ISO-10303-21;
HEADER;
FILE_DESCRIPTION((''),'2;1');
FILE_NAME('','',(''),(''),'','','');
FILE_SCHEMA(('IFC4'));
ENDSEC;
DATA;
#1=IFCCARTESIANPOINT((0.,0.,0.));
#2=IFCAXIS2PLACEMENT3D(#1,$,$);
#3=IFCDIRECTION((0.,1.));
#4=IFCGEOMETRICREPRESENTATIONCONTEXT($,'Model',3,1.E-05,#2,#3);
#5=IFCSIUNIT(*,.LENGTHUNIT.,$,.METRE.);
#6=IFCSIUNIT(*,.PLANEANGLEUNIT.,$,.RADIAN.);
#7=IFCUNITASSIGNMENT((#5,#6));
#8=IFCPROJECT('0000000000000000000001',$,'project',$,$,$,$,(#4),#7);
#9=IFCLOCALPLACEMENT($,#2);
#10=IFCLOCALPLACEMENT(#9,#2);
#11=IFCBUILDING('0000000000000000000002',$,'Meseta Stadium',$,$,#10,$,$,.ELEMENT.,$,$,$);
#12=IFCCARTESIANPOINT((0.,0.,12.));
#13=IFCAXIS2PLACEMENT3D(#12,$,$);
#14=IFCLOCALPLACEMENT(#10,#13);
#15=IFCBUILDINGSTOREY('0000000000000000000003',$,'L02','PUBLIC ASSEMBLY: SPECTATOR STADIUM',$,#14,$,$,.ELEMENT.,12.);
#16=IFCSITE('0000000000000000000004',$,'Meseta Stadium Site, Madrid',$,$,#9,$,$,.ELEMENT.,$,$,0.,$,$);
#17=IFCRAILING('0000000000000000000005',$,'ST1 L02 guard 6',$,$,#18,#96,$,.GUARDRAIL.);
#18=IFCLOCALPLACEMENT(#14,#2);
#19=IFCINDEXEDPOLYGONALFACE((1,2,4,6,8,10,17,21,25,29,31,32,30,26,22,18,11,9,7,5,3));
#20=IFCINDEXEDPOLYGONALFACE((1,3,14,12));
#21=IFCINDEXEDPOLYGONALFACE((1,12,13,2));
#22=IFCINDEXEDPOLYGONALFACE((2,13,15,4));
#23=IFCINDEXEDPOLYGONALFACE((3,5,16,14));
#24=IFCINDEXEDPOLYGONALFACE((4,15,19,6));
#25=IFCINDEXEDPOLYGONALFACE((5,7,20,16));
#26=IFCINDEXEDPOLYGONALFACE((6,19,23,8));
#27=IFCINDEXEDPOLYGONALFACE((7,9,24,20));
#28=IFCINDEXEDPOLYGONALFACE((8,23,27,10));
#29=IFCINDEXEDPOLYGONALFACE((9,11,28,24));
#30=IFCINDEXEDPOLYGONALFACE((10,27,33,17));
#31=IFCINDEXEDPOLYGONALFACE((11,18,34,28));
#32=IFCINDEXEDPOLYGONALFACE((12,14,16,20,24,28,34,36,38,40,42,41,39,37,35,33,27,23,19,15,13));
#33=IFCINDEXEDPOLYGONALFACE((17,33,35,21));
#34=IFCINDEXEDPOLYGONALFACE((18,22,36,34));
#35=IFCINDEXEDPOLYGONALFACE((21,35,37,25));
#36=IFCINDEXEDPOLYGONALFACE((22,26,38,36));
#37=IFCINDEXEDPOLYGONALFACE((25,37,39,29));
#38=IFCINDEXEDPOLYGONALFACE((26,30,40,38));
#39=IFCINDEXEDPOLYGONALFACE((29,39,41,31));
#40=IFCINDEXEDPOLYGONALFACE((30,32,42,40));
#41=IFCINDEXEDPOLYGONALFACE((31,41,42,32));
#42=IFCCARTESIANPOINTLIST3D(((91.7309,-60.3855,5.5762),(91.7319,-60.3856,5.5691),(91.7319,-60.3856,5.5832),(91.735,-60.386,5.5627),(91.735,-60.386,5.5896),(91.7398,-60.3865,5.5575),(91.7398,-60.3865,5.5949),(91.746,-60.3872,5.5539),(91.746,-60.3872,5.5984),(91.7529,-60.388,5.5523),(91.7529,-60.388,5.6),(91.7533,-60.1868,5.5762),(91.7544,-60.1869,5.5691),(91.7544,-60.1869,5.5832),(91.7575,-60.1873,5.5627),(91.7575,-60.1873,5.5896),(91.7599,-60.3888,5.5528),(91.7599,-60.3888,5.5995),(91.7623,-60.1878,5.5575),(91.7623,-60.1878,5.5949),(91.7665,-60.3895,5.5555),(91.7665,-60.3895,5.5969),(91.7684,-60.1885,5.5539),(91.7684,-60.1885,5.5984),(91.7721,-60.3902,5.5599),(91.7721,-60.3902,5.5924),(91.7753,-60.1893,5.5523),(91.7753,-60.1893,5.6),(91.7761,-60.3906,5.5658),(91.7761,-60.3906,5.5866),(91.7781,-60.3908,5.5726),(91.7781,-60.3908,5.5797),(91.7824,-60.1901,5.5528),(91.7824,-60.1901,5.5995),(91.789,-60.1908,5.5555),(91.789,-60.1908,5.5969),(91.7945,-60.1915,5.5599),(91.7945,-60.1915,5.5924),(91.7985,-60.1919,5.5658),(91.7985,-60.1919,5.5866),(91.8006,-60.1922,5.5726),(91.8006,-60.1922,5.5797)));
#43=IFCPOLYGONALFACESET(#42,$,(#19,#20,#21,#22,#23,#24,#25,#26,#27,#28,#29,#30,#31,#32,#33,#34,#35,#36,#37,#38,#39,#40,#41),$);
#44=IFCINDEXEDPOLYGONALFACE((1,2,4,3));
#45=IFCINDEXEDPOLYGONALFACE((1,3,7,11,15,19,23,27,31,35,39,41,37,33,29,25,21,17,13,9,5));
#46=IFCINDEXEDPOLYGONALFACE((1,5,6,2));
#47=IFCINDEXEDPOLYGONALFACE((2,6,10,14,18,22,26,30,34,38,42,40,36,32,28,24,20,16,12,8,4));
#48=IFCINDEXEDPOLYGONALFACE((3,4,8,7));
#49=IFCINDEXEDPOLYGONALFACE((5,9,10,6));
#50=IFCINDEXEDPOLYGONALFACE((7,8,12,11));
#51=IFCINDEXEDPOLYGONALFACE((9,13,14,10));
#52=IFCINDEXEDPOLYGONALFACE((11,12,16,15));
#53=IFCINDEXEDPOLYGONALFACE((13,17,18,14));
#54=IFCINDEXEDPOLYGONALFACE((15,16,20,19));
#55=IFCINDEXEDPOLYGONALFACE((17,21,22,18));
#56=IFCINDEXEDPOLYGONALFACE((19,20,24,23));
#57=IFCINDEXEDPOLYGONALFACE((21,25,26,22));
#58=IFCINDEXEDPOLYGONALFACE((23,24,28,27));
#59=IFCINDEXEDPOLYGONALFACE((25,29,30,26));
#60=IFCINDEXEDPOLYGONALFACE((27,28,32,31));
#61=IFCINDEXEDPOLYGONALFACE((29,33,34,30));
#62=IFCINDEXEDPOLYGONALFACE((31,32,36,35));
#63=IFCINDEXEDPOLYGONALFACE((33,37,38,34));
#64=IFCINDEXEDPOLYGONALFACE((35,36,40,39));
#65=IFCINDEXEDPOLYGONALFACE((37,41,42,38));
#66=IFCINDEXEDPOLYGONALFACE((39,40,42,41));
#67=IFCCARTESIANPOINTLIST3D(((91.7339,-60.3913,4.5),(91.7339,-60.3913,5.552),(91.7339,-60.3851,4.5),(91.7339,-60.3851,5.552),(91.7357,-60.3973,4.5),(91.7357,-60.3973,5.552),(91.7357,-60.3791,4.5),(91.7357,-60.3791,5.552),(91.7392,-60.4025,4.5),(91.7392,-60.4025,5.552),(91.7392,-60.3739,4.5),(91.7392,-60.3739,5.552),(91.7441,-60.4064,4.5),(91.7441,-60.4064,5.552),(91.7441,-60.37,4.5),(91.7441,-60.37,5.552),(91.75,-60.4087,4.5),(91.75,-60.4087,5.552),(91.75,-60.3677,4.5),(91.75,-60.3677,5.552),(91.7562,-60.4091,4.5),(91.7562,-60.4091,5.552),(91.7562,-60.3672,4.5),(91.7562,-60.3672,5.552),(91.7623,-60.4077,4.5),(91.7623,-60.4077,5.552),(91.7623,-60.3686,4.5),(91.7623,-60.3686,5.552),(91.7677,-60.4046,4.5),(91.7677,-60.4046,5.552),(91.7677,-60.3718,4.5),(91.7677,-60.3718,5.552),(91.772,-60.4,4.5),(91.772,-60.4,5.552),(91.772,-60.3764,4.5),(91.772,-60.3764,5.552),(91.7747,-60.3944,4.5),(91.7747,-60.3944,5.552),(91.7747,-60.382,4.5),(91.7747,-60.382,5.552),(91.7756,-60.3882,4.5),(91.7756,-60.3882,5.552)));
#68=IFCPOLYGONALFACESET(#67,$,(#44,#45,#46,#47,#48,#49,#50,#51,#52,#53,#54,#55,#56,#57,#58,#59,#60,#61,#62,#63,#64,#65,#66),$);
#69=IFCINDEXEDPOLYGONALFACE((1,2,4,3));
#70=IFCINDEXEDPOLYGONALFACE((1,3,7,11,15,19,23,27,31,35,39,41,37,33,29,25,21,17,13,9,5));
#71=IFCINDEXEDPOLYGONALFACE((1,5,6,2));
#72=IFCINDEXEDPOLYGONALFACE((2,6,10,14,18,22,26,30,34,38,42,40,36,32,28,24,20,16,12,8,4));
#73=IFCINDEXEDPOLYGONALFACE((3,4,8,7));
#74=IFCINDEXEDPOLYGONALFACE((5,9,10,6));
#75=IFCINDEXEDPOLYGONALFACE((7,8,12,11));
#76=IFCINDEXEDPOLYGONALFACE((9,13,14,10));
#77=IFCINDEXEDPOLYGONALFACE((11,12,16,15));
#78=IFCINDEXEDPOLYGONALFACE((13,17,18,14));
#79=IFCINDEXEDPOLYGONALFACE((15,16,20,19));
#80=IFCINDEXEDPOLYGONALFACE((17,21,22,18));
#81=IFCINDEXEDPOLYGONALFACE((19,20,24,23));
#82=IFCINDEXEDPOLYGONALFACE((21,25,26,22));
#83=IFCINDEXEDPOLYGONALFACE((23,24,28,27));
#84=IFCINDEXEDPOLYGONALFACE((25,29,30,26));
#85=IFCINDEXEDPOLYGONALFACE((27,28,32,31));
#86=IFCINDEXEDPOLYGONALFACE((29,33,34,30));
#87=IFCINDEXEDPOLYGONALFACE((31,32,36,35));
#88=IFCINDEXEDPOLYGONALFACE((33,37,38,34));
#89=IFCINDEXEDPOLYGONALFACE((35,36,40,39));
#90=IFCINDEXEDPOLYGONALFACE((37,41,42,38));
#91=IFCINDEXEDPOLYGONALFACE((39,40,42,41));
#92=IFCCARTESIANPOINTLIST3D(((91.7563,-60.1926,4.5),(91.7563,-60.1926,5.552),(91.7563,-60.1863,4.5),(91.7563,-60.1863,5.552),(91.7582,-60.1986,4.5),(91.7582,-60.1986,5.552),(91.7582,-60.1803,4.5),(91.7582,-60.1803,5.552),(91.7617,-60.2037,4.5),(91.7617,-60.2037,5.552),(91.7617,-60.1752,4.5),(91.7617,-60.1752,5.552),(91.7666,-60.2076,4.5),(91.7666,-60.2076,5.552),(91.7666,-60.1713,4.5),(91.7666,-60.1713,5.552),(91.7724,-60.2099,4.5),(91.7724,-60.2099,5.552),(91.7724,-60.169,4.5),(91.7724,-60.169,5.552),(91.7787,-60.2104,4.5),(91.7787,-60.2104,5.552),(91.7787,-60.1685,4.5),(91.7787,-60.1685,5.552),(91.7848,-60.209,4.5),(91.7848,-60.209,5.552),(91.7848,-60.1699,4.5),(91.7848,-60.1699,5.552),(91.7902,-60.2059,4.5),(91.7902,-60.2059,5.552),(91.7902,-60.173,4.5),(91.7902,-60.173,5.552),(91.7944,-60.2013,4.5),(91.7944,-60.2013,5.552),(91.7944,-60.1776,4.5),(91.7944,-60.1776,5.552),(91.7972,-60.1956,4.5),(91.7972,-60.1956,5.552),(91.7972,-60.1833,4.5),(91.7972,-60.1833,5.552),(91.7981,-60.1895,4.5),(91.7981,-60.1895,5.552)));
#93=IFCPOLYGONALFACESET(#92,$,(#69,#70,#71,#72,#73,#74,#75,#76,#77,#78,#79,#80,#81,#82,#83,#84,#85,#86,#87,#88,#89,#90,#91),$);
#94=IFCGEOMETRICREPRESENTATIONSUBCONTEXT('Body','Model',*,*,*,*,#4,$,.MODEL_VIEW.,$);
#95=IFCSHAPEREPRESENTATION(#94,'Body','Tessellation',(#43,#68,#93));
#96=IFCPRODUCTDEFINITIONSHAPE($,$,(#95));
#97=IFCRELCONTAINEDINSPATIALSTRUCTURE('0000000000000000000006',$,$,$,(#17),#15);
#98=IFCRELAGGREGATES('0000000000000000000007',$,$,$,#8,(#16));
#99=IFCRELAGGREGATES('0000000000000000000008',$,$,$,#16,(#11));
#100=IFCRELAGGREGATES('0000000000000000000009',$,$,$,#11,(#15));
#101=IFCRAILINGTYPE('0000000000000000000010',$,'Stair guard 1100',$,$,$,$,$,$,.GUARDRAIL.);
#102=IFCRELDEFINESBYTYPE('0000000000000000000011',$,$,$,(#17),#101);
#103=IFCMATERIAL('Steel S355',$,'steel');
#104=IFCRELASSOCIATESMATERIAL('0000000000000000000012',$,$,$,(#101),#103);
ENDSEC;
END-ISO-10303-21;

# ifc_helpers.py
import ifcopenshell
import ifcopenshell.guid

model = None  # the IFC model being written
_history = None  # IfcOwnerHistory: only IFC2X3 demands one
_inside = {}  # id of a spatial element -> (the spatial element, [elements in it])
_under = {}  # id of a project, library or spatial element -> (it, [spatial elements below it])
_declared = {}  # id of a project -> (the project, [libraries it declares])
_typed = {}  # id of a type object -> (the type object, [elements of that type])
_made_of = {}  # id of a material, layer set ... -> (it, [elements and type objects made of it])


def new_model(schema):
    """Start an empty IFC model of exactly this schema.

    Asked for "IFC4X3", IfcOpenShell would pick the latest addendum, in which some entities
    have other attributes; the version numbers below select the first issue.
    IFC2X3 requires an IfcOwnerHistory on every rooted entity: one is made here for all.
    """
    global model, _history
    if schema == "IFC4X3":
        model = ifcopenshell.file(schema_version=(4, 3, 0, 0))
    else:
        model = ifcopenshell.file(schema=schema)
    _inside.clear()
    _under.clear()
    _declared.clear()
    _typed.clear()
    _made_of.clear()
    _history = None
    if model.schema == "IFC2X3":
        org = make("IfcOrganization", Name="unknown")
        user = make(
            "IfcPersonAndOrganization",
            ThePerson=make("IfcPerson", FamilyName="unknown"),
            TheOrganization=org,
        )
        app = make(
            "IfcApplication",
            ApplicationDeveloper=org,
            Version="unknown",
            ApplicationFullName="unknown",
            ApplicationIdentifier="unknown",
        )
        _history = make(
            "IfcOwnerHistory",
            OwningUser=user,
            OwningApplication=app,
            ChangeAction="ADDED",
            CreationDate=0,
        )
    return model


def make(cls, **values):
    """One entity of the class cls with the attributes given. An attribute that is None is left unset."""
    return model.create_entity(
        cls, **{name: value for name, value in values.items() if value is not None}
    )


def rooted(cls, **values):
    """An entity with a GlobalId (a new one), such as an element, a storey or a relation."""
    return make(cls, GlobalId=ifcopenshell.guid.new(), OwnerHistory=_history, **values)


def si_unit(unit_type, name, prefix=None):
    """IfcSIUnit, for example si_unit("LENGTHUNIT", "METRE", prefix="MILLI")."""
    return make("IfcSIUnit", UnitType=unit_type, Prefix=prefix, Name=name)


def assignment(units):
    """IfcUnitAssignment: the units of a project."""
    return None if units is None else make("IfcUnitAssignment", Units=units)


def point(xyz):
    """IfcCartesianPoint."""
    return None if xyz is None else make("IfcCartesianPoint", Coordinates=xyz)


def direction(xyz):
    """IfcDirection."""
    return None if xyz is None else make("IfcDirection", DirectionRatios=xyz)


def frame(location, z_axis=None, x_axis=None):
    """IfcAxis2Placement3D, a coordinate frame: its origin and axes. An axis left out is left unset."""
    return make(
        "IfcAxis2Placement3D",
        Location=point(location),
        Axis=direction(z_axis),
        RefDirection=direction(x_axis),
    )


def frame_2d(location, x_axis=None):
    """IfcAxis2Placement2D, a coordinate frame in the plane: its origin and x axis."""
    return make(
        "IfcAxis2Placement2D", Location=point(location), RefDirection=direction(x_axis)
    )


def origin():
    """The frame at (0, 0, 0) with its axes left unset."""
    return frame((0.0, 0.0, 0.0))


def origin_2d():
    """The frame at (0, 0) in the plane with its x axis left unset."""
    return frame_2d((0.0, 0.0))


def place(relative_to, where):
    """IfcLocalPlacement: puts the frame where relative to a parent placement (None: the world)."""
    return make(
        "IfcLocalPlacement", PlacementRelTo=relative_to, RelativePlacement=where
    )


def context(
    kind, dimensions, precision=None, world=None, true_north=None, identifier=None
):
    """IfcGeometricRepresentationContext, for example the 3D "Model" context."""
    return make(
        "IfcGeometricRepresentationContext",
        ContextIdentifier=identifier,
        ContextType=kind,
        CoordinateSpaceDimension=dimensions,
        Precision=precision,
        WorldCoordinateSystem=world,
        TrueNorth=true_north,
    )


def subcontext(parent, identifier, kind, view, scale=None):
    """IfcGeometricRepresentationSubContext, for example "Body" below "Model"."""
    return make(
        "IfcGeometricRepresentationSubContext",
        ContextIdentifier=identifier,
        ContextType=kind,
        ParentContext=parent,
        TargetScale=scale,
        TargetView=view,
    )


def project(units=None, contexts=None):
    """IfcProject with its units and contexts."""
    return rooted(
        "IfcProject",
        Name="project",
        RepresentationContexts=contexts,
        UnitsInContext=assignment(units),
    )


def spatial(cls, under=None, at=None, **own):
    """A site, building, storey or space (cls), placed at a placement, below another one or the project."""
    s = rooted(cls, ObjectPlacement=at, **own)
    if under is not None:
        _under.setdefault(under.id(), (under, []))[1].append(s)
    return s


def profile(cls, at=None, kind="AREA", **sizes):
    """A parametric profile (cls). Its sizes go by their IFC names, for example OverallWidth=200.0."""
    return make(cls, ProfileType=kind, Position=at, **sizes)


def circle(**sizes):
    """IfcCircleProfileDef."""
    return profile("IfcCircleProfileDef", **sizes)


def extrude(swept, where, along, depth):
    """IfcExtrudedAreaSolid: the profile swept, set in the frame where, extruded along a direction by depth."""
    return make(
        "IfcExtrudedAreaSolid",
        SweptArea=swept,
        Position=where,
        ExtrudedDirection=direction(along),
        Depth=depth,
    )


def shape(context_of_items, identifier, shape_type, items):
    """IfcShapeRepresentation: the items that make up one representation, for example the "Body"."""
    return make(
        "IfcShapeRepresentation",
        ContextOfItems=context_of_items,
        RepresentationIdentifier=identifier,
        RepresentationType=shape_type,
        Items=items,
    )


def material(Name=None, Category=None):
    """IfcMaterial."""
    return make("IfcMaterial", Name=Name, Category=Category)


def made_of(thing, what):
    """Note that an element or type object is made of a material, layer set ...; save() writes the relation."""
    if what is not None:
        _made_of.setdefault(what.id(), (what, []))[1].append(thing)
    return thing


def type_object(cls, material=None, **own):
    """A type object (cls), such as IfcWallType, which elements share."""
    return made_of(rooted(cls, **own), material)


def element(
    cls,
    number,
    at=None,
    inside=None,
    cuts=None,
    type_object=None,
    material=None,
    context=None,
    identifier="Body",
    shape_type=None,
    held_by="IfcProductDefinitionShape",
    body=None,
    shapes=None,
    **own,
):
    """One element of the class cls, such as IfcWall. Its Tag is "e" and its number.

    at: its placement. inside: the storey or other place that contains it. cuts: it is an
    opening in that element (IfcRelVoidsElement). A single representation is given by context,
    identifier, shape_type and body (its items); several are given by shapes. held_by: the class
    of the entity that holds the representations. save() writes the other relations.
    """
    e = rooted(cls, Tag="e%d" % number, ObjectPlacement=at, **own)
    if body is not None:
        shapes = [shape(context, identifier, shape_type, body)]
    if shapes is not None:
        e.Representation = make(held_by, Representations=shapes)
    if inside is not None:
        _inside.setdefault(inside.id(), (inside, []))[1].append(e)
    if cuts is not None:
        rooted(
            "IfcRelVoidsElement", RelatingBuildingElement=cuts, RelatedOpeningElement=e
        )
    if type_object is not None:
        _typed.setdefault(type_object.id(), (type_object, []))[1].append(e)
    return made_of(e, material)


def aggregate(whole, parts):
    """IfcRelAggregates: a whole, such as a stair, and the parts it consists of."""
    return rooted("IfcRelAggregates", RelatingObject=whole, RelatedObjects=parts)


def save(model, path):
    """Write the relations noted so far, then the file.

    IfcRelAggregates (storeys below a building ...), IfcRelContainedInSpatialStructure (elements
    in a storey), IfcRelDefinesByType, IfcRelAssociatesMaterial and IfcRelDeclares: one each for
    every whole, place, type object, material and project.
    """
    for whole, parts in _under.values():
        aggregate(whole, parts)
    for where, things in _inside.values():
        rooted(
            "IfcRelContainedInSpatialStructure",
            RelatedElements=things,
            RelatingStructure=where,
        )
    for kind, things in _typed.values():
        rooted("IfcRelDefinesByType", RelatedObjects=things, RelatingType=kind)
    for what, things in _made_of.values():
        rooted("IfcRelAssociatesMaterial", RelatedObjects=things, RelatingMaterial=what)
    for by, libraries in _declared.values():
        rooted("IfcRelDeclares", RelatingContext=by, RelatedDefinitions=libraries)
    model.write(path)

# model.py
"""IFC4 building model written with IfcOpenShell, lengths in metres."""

from ifc_helpers import new_model, si_unit, direction, frame, origin, origin_2d, place, context, subcontext, project, spatial, circle, extrude, material, type_object, element, save


model = new_model("IFC4")

# Units and contexts
model_context = context("Model", 3, precision=1e-05, world=origin(), true_north=direction((0.0, 1.0)))
body_context = subcontext(model_context, "Body", "Model", "MODEL_VIEW")
ifc_project = project(units=[si_unit("LENGTHUNIT", "METRE"), si_unit("PLANEANGLEUNIT", "RADIAN")], contexts=[model_context])

# Site, building, storey
site_placement = place(None, origin())
site = spatial("IfcSite", under=ifc_project, at=site_placement, Name="Meseta Stadium Site, Madrid", CompositionType="ELEMENT", RefElevation=0.0)
building_placement = place(site_placement, origin())
building = spatial("IfcBuilding", under=site, at=building_placement, Name="Meseta Stadium", CompositionType="ELEMENT")
storey_placement = place(building_placement, frame((0.0, 0.0, 12.0)))
storey = spatial("IfcBuildingStorey", under=building, at=storey_placement, Name="L02", Description="PUBLIC ASSEMBLY: SPECTATOR STADIUM", CompositionType="ELEMENT", Elevation=12.0)

# Railing
ifc_material_1 = material(Name="Steel S355", Category="steel")
railing_type_1 = type_object("IfcRailingType", Name="Stair guard 1100", PredefinedType="GUARDRAIL", material=ifc_material_1)
railing_1_placement = place(storey_placement, frame((91.7546, -60.3882, 4.5)))
element("IfcRailing", 1, at=railing_1_placement, inside=storey, type_object=railing_type_1, Name="ST1 L02 guard 6", PredefinedType="GUARDRAIL", context=body_context, shape_type="SweptSolid", body=[
    extrude(circle(Radius=0.0239, at=origin_2d()), frame((0.0, 0.0, 1.0762), z_axis=(0.112307, 0.993674, 0.0), x_axis=(-0.993674, 0.112307, 0.0)), (0.0, 0.0, 1.0), 0.2),
    extrude(circle(Radius=0.021, at=origin_2d()), origin(), (0.0, 0.0, 1.0), 1.052),
    extrude(circle(Radius=0.021, at=origin_2d()), frame((0.0225, 0.1987, 0.0)), (0.0, 0.0, 1.0), 1.052),
])

save(model, "model.ifc")
